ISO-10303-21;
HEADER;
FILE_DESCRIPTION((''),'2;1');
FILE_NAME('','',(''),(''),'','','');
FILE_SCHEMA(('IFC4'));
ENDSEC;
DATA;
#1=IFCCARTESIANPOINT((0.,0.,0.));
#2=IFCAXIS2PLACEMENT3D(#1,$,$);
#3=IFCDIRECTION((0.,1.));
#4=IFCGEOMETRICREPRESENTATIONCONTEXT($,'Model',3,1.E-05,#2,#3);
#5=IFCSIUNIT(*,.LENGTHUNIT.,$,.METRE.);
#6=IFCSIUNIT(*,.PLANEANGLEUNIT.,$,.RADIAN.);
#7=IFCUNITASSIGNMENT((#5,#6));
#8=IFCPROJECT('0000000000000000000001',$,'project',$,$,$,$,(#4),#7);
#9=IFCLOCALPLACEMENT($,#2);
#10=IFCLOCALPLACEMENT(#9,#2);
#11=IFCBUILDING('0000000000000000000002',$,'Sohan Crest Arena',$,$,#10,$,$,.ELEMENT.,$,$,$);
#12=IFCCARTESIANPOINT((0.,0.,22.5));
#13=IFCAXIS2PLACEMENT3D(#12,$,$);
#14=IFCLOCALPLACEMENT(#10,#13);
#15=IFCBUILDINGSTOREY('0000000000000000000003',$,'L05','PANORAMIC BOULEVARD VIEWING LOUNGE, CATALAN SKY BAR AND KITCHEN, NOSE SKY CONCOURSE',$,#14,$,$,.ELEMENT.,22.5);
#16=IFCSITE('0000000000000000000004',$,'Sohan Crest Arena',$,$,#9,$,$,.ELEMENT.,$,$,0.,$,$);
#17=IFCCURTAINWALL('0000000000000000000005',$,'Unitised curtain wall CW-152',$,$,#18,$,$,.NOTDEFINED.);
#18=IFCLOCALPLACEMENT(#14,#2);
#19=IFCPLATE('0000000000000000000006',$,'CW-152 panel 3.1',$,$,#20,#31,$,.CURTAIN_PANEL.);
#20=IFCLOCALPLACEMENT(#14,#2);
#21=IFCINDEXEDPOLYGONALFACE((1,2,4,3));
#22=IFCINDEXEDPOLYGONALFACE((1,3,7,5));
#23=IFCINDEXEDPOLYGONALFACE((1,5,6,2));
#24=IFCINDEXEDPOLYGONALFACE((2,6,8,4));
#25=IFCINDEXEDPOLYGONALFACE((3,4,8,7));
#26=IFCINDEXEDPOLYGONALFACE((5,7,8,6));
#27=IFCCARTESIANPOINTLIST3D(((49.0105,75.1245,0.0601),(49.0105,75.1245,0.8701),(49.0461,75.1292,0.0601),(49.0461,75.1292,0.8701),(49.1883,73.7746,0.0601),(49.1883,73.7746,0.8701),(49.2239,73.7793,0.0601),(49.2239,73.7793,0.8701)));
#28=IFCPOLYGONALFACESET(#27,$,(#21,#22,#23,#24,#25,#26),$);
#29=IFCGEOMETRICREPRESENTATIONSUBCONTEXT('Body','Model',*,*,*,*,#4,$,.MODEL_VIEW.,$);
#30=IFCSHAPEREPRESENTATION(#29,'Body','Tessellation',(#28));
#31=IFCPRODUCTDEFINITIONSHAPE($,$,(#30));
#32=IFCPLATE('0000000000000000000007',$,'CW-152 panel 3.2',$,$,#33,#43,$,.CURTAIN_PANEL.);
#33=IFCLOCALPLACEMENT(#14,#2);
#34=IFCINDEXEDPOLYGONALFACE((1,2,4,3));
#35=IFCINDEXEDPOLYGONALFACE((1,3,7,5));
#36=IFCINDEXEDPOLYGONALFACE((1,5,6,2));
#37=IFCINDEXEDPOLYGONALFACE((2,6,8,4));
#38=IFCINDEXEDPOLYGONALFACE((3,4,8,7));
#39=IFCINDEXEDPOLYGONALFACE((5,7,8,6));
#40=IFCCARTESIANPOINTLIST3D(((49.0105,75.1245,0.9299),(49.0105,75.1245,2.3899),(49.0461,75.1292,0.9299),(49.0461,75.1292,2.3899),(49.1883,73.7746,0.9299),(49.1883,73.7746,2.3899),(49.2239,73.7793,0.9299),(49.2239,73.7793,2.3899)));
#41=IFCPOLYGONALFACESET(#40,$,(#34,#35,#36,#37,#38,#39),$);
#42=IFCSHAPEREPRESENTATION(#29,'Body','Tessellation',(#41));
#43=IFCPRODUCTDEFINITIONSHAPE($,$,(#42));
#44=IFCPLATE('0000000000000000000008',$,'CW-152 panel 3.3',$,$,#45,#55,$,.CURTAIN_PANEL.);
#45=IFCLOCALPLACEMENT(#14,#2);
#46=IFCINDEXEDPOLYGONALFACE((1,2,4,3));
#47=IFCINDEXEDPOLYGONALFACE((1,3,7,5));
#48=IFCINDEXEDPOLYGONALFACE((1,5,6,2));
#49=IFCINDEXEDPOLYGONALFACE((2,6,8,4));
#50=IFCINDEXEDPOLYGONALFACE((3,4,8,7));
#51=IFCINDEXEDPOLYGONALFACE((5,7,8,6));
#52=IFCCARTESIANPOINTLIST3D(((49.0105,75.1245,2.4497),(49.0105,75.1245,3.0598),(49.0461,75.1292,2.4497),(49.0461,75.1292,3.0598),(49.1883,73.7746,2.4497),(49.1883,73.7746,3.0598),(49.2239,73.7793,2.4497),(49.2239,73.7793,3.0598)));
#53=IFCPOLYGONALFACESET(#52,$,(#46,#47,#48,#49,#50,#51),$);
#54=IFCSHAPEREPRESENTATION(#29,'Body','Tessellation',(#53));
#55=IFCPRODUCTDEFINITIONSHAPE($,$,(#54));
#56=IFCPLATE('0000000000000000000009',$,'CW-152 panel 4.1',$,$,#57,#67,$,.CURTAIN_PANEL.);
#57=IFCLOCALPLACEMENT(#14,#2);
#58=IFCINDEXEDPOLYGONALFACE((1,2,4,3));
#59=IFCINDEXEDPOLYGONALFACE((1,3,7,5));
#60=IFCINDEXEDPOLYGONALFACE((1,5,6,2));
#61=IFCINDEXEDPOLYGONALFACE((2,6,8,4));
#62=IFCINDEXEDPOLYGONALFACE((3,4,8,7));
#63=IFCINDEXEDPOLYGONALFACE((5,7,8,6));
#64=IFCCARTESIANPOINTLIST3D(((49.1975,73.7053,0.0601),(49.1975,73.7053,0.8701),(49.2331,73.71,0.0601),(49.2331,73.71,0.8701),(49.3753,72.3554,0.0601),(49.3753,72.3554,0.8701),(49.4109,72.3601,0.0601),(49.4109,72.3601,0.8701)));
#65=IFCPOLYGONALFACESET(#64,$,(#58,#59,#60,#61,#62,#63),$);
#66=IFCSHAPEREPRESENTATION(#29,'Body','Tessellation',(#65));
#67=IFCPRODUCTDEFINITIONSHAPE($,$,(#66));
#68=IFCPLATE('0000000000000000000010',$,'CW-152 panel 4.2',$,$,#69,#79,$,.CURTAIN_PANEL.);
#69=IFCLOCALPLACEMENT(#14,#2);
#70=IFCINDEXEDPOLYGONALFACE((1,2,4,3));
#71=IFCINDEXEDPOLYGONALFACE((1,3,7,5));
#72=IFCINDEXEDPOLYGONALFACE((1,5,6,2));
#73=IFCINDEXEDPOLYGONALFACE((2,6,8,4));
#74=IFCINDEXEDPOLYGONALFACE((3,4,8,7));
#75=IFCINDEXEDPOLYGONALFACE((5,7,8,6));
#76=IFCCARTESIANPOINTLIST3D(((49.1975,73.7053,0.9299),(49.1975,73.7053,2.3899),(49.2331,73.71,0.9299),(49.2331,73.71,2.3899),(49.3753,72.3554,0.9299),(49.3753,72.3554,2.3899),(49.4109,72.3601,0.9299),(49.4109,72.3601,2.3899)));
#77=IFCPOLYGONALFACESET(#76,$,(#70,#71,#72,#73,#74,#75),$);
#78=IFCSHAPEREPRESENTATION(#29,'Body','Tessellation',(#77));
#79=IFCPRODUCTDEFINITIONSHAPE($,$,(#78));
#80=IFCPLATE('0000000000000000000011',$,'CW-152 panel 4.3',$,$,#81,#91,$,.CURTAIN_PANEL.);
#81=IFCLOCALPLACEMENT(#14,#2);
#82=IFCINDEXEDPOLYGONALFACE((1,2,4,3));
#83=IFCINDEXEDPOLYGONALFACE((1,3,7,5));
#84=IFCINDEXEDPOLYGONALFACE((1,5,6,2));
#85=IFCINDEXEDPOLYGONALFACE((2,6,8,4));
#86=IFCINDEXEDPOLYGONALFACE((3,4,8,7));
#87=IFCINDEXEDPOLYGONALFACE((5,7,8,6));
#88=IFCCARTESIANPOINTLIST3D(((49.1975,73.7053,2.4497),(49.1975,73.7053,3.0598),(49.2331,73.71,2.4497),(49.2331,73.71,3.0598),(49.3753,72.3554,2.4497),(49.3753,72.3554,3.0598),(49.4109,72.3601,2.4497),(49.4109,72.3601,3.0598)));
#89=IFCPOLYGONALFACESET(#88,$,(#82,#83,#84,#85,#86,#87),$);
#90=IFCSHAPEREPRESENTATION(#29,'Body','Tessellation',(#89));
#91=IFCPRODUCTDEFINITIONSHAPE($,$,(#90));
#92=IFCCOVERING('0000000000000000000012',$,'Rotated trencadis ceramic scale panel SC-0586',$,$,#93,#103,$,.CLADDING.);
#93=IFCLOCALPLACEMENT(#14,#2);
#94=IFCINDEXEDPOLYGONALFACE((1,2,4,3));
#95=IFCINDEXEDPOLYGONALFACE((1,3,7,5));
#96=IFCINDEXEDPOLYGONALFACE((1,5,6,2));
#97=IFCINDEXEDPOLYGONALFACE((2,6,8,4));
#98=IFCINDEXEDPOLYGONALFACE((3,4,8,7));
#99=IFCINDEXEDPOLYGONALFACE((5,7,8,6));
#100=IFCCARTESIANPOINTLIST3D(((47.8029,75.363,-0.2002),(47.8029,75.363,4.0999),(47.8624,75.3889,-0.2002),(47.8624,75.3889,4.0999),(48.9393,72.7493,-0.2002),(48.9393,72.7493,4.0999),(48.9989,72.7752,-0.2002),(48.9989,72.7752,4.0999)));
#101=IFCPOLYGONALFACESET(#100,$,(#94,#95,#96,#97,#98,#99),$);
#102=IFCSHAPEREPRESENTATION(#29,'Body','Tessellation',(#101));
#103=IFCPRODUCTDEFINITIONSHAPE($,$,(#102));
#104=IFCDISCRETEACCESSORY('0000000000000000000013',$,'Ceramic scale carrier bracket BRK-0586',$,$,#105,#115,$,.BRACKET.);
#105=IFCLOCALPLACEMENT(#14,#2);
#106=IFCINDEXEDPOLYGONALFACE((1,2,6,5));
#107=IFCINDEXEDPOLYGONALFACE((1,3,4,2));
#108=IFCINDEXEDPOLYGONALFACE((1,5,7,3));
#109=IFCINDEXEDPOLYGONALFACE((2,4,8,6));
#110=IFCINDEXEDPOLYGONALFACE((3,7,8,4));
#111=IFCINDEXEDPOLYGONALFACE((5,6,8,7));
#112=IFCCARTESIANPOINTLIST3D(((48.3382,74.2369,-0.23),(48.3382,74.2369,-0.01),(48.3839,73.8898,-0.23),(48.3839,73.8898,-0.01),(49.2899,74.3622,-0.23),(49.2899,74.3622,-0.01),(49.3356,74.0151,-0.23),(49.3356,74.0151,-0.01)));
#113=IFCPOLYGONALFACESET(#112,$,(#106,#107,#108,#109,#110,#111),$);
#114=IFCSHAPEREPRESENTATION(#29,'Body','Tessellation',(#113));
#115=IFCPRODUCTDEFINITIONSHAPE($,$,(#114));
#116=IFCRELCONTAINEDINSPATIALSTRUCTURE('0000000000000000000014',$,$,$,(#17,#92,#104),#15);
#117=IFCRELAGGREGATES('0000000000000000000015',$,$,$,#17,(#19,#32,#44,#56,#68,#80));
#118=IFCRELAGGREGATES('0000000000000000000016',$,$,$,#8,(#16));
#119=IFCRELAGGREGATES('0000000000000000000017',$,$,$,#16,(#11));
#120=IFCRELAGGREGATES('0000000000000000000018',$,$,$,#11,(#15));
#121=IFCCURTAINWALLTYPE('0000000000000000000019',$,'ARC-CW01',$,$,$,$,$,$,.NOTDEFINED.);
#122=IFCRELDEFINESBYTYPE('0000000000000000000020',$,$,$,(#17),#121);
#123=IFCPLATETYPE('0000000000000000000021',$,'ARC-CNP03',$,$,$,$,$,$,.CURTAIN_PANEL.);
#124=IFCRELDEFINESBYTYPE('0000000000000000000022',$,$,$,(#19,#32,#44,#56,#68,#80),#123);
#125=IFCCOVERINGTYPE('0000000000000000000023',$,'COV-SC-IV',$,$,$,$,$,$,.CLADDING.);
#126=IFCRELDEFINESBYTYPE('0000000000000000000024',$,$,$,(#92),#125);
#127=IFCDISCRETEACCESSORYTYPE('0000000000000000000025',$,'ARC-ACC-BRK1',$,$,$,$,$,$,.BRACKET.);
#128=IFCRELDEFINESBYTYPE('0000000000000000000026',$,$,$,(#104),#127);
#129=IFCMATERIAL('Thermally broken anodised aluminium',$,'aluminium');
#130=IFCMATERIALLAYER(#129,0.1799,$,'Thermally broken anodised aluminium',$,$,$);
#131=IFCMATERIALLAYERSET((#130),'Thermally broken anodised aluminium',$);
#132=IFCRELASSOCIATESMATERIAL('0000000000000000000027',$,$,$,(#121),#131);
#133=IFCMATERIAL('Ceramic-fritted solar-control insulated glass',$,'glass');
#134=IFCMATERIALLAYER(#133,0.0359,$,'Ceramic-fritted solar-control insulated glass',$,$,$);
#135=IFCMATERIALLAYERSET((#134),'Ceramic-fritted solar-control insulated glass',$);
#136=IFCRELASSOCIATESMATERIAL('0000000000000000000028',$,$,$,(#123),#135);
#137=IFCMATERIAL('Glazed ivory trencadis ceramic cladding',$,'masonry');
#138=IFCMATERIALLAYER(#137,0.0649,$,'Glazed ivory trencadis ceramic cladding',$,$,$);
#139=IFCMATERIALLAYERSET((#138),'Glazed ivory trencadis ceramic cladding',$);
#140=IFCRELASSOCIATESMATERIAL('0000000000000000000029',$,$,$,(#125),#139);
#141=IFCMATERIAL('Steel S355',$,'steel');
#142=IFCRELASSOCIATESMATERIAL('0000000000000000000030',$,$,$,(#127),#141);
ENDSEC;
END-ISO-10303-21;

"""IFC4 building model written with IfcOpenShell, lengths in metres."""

from ifc_helpers import new_model, si_unit, direction, frame, origin, origin_2d, place, context, subcontext, project, spatial, rectangle, extrude, material, layer, layer_set, type_object, element, aggregate, save


model = new_model("IFC4")

# Units and contexts
model_context = context("Model", 3, precision=1e-05, world=origin(), true_north=direction((0.0, 1.0)))
body_context = subcontext(model_context, "Body", "Model", "MODEL_VIEW")
ifc_project = project(units=[si_unit("LENGTHUNIT", "METRE"), si_unit("PLANEANGLEUNIT", "RADIAN")], contexts=[model_context])

# Site, building, storey
site_placement = place(None, origin())
site = spatial("IfcSite", under=ifc_project, at=site_placement, Name="Sohan Crest Arena", CompositionType="ELEMENT", RefElevation=0.0)
building_placement = place(site_placement, origin())
building = spatial("IfcBuilding", under=site, at=building_placement, Name="Sohan Crest Arena", CompositionType="ELEMENT")
storey_placement = place(building_placement, frame((0.0, 0.0, 22.5)))
storey = spatial("IfcBuildingStorey", under=building, at=storey_placement, Name="L05", Description="PANORAMIC BOULEVARD VIEWING LOUNGE, CATALAN SKY BAR AND KITCHEN, NOSE SKY CONCOURSE", CompositionType="ELEMENT", Elevation=22.5)

# Curtain wall, plates
ifc_material_1 = material(Name="Thermally broken anodised aluminium", Category="aluminium")
ifc_layer_1 = layer(ifc_material_1, 0.1799, Name="Thermally broken anodised aluminium")
ifc_layer_set_1 = layer_set([ifc_layer_1], Name="Thermally broken anodised aluminium")
curtain_wall_type = type_object("IfcCurtainWallType", Name="ARC-CW01", PredefinedType="NOTDEFINED", material=ifc_layer_set_1)
curtain_wall_placement = place(storey_placement, origin())
curtain_wall = element("IfcCurtainWall", 1, at=curtain_wall_placement, inside=storey, type_object=curtain_wall_type, Name="Unitised curtain wall CW-152", PredefinedType="NOTDEFINED")
ifc_material_2 = material(Name="Ceramic-fritted solar-control insulated glass", Category="glass")
ifc_layer_2 = layer(ifc_material_2, 0.0359, Name="Ceramic-fritted solar-control insulated glass")
ifc_layer_set_2 = layer_set([ifc_layer_2], Name="Ceramic-fritted solar-control insulated glass")
plate_type = type_object("IfcPlateType", Name="ARC-CNP03", PredefinedType="CURTAIN_PANEL", material=ifc_layer_set_2)
plate_1_placement = place(storey_placement, frame((49.1172, 74.4519, 0.0601), z_axis=(0.0, 0.0, 1.0), x_axis=(0.130557, -0.991441, 0.0)))
plate_1 = element("IfcPlate", 2, at=plate_1_placement, type_object=plate_type, Name="CW-152 panel 3.1", PredefinedType="CURTAIN_PANEL", context=body_context, shape_type="SweptSolid", body=[
    extrude(rectangle(XDim=1.3616, YDim=0.0359, at=origin_2d()), origin(), (0.0, 0.0, 1.0), 0.8101),
])
plate_2_placement = place(storey_placement, frame((49.1172, 74.4519, 0.9299), z_axis=(0.0, 0.0, 1.0), x_axis=(0.130557, -0.991441, 0.0)))
plate_2 = element("IfcPlate", 3, at=plate_2_placement, type_object=plate_type, Name="CW-152 panel 3.2", PredefinedType="CURTAIN_PANEL", context=body_context, shape_type="SweptSolid", body=[
    extrude(rectangle(XDim=1.3616, YDim=0.0359, at=origin_2d()), origin(), (0.0, 0.0, 1.0), 1.46),
])
plate_3_placement = place(storey_placement, frame((49.1172, 74.4519, 2.4497), z_axis=(0.0, 0.0, 1.0), x_axis=(0.130557, -0.991441, 0.0)))
plate_3 = element("IfcPlate", 4, at=plate_3_placement, type_object=plate_type, Name="CW-152 panel 3.3", PredefinedType="CURTAIN_PANEL", context=body_context, shape_type="SweptSolid", body=[
    extrude(rectangle(XDim=1.3616, YDim=0.0359, at=origin_2d()), origin(), (0.0, 0.0, 1.0), 0.6101),
])
plate_4_placement = place(storey_placement, frame((49.3042, 73.0327, 0.0601), z_axis=(0.0, 0.0, 1.0), x_axis=(0.130557, -0.991441, 0.0)))
plate_4 = element("IfcPlate", 5, at=plate_4_placement, type_object=plate_type, Name="CW-152 panel 4.1", PredefinedType="CURTAIN_PANEL", context=body_context, shape_type="SweptSolid", body=[
    extrude(rectangle(XDim=1.3616, YDim=0.0359, at=origin_2d()), origin(), (0.0, 0.0, 1.0), 0.8101),
])
plate_5_placement = place(storey_placement, frame((49.3042, 73.0327, 0.9299), z_axis=(0.0, 0.0, 1.0), x_axis=(0.130557, -0.991441, 0.0)))
plate_5 = element("IfcPlate", 6, at=plate_5_placement, type_object=plate_type, Name="CW-152 panel 4.2", PredefinedType="CURTAIN_PANEL", context=body_context, shape_type="SweptSolid", body=[
    extrude(rectangle(XDim=1.3616, YDim=0.0359, at=origin_2d()), origin(), (0.0, 0.0, 1.0), 1.46),
])
plate_6_placement = place(storey_placement, frame((49.3042, 73.0327, 2.4497), z_axis=(0.0, 0.0, 1.0), x_axis=(0.130557, -0.991441, 0.0)))
plate_6 = element("IfcPlate", 7, at=plate_6_placement, type_object=plate_type, Name="CW-152 panel 4.3", PredefinedType="CURTAIN_PANEL", context=body_context, shape_type="SweptSolid", body=[
    extrude(rectangle(XDim=1.3616, YDim=0.0359, at=origin_2d()), origin(), (0.0, 0.0, 1.0), 0.6101),
])
aggregate(curtain_wall, [plate_1, plate_2, plate_3, plate_4, plate_5, plate_6])

# Covering
ifc_material_3 = material(Name="Glazed ivory trencadis ceramic cladding", Category="masonry")
ifc_layer_3 = layer(ifc_material_3, 0.0649, Name="Glazed ivory trencadis ceramic cladding")
ifc_layer_set_3 = layer_set([ifc_layer_3], Name="Glazed ivory trencadis ceramic cladding")
covering_type = type_object("IfcCoveringType", Name="COV-SC-IV", PredefinedType="CLADDING", material=ifc_layer_set_3)
covering_placement = place(storey_placement, frame((48.4009, 74.0691, -0.2002), z_axis=(0.0, 0.0, 1.0), x_axis=(0.398749, -0.91706, 0.0)))
element("IfcCovering", 8, at=covering_placement, inside=storey, type_object=covering_type, Name="Rotated trencadis ceramic scale panel SC-0586", PredefinedType="CLADDING", context=body_context, shape_type="SweptSolid", body=[
    extrude(rectangle(XDim=2.8501, YDim=0.0649, at=origin_2d()), origin(), (0.0, 0.0, 1.0), 4.3),
])

# Discrete accessory
ifc_material_4 = material(Name="Steel S355", Category="steel")
discrete_accessory_type = type_object("IfcDiscreteAccessoryType", Name="ARC-ACC-BRK1", PredefinedType="BRACKET", material=ifc_material_4)
discrete_accessory_placement = place(storey_placement, frame((48.8369, 74.126, -0.23), z_axis=(0.0, 0.0, 1.0), x_axis=(0.130526, -0.991445, 0.0)))
element("IfcDiscreteAccessory", 9, at=discrete_accessory_placement, inside=storey, type_object=discrete_accessory_type, Name="Ceramic scale carrier bracket BRK-0586", PredefinedType="BRACKET", context=body_context, shape_type="SweptSolid", body=[
    extrude(rectangle(XDim=0.3501, YDim=0.96, at=origin_2d()), origin(), (0.0, 0.0, 1.0), 0.22),
])

save(model, "model.ifc")
